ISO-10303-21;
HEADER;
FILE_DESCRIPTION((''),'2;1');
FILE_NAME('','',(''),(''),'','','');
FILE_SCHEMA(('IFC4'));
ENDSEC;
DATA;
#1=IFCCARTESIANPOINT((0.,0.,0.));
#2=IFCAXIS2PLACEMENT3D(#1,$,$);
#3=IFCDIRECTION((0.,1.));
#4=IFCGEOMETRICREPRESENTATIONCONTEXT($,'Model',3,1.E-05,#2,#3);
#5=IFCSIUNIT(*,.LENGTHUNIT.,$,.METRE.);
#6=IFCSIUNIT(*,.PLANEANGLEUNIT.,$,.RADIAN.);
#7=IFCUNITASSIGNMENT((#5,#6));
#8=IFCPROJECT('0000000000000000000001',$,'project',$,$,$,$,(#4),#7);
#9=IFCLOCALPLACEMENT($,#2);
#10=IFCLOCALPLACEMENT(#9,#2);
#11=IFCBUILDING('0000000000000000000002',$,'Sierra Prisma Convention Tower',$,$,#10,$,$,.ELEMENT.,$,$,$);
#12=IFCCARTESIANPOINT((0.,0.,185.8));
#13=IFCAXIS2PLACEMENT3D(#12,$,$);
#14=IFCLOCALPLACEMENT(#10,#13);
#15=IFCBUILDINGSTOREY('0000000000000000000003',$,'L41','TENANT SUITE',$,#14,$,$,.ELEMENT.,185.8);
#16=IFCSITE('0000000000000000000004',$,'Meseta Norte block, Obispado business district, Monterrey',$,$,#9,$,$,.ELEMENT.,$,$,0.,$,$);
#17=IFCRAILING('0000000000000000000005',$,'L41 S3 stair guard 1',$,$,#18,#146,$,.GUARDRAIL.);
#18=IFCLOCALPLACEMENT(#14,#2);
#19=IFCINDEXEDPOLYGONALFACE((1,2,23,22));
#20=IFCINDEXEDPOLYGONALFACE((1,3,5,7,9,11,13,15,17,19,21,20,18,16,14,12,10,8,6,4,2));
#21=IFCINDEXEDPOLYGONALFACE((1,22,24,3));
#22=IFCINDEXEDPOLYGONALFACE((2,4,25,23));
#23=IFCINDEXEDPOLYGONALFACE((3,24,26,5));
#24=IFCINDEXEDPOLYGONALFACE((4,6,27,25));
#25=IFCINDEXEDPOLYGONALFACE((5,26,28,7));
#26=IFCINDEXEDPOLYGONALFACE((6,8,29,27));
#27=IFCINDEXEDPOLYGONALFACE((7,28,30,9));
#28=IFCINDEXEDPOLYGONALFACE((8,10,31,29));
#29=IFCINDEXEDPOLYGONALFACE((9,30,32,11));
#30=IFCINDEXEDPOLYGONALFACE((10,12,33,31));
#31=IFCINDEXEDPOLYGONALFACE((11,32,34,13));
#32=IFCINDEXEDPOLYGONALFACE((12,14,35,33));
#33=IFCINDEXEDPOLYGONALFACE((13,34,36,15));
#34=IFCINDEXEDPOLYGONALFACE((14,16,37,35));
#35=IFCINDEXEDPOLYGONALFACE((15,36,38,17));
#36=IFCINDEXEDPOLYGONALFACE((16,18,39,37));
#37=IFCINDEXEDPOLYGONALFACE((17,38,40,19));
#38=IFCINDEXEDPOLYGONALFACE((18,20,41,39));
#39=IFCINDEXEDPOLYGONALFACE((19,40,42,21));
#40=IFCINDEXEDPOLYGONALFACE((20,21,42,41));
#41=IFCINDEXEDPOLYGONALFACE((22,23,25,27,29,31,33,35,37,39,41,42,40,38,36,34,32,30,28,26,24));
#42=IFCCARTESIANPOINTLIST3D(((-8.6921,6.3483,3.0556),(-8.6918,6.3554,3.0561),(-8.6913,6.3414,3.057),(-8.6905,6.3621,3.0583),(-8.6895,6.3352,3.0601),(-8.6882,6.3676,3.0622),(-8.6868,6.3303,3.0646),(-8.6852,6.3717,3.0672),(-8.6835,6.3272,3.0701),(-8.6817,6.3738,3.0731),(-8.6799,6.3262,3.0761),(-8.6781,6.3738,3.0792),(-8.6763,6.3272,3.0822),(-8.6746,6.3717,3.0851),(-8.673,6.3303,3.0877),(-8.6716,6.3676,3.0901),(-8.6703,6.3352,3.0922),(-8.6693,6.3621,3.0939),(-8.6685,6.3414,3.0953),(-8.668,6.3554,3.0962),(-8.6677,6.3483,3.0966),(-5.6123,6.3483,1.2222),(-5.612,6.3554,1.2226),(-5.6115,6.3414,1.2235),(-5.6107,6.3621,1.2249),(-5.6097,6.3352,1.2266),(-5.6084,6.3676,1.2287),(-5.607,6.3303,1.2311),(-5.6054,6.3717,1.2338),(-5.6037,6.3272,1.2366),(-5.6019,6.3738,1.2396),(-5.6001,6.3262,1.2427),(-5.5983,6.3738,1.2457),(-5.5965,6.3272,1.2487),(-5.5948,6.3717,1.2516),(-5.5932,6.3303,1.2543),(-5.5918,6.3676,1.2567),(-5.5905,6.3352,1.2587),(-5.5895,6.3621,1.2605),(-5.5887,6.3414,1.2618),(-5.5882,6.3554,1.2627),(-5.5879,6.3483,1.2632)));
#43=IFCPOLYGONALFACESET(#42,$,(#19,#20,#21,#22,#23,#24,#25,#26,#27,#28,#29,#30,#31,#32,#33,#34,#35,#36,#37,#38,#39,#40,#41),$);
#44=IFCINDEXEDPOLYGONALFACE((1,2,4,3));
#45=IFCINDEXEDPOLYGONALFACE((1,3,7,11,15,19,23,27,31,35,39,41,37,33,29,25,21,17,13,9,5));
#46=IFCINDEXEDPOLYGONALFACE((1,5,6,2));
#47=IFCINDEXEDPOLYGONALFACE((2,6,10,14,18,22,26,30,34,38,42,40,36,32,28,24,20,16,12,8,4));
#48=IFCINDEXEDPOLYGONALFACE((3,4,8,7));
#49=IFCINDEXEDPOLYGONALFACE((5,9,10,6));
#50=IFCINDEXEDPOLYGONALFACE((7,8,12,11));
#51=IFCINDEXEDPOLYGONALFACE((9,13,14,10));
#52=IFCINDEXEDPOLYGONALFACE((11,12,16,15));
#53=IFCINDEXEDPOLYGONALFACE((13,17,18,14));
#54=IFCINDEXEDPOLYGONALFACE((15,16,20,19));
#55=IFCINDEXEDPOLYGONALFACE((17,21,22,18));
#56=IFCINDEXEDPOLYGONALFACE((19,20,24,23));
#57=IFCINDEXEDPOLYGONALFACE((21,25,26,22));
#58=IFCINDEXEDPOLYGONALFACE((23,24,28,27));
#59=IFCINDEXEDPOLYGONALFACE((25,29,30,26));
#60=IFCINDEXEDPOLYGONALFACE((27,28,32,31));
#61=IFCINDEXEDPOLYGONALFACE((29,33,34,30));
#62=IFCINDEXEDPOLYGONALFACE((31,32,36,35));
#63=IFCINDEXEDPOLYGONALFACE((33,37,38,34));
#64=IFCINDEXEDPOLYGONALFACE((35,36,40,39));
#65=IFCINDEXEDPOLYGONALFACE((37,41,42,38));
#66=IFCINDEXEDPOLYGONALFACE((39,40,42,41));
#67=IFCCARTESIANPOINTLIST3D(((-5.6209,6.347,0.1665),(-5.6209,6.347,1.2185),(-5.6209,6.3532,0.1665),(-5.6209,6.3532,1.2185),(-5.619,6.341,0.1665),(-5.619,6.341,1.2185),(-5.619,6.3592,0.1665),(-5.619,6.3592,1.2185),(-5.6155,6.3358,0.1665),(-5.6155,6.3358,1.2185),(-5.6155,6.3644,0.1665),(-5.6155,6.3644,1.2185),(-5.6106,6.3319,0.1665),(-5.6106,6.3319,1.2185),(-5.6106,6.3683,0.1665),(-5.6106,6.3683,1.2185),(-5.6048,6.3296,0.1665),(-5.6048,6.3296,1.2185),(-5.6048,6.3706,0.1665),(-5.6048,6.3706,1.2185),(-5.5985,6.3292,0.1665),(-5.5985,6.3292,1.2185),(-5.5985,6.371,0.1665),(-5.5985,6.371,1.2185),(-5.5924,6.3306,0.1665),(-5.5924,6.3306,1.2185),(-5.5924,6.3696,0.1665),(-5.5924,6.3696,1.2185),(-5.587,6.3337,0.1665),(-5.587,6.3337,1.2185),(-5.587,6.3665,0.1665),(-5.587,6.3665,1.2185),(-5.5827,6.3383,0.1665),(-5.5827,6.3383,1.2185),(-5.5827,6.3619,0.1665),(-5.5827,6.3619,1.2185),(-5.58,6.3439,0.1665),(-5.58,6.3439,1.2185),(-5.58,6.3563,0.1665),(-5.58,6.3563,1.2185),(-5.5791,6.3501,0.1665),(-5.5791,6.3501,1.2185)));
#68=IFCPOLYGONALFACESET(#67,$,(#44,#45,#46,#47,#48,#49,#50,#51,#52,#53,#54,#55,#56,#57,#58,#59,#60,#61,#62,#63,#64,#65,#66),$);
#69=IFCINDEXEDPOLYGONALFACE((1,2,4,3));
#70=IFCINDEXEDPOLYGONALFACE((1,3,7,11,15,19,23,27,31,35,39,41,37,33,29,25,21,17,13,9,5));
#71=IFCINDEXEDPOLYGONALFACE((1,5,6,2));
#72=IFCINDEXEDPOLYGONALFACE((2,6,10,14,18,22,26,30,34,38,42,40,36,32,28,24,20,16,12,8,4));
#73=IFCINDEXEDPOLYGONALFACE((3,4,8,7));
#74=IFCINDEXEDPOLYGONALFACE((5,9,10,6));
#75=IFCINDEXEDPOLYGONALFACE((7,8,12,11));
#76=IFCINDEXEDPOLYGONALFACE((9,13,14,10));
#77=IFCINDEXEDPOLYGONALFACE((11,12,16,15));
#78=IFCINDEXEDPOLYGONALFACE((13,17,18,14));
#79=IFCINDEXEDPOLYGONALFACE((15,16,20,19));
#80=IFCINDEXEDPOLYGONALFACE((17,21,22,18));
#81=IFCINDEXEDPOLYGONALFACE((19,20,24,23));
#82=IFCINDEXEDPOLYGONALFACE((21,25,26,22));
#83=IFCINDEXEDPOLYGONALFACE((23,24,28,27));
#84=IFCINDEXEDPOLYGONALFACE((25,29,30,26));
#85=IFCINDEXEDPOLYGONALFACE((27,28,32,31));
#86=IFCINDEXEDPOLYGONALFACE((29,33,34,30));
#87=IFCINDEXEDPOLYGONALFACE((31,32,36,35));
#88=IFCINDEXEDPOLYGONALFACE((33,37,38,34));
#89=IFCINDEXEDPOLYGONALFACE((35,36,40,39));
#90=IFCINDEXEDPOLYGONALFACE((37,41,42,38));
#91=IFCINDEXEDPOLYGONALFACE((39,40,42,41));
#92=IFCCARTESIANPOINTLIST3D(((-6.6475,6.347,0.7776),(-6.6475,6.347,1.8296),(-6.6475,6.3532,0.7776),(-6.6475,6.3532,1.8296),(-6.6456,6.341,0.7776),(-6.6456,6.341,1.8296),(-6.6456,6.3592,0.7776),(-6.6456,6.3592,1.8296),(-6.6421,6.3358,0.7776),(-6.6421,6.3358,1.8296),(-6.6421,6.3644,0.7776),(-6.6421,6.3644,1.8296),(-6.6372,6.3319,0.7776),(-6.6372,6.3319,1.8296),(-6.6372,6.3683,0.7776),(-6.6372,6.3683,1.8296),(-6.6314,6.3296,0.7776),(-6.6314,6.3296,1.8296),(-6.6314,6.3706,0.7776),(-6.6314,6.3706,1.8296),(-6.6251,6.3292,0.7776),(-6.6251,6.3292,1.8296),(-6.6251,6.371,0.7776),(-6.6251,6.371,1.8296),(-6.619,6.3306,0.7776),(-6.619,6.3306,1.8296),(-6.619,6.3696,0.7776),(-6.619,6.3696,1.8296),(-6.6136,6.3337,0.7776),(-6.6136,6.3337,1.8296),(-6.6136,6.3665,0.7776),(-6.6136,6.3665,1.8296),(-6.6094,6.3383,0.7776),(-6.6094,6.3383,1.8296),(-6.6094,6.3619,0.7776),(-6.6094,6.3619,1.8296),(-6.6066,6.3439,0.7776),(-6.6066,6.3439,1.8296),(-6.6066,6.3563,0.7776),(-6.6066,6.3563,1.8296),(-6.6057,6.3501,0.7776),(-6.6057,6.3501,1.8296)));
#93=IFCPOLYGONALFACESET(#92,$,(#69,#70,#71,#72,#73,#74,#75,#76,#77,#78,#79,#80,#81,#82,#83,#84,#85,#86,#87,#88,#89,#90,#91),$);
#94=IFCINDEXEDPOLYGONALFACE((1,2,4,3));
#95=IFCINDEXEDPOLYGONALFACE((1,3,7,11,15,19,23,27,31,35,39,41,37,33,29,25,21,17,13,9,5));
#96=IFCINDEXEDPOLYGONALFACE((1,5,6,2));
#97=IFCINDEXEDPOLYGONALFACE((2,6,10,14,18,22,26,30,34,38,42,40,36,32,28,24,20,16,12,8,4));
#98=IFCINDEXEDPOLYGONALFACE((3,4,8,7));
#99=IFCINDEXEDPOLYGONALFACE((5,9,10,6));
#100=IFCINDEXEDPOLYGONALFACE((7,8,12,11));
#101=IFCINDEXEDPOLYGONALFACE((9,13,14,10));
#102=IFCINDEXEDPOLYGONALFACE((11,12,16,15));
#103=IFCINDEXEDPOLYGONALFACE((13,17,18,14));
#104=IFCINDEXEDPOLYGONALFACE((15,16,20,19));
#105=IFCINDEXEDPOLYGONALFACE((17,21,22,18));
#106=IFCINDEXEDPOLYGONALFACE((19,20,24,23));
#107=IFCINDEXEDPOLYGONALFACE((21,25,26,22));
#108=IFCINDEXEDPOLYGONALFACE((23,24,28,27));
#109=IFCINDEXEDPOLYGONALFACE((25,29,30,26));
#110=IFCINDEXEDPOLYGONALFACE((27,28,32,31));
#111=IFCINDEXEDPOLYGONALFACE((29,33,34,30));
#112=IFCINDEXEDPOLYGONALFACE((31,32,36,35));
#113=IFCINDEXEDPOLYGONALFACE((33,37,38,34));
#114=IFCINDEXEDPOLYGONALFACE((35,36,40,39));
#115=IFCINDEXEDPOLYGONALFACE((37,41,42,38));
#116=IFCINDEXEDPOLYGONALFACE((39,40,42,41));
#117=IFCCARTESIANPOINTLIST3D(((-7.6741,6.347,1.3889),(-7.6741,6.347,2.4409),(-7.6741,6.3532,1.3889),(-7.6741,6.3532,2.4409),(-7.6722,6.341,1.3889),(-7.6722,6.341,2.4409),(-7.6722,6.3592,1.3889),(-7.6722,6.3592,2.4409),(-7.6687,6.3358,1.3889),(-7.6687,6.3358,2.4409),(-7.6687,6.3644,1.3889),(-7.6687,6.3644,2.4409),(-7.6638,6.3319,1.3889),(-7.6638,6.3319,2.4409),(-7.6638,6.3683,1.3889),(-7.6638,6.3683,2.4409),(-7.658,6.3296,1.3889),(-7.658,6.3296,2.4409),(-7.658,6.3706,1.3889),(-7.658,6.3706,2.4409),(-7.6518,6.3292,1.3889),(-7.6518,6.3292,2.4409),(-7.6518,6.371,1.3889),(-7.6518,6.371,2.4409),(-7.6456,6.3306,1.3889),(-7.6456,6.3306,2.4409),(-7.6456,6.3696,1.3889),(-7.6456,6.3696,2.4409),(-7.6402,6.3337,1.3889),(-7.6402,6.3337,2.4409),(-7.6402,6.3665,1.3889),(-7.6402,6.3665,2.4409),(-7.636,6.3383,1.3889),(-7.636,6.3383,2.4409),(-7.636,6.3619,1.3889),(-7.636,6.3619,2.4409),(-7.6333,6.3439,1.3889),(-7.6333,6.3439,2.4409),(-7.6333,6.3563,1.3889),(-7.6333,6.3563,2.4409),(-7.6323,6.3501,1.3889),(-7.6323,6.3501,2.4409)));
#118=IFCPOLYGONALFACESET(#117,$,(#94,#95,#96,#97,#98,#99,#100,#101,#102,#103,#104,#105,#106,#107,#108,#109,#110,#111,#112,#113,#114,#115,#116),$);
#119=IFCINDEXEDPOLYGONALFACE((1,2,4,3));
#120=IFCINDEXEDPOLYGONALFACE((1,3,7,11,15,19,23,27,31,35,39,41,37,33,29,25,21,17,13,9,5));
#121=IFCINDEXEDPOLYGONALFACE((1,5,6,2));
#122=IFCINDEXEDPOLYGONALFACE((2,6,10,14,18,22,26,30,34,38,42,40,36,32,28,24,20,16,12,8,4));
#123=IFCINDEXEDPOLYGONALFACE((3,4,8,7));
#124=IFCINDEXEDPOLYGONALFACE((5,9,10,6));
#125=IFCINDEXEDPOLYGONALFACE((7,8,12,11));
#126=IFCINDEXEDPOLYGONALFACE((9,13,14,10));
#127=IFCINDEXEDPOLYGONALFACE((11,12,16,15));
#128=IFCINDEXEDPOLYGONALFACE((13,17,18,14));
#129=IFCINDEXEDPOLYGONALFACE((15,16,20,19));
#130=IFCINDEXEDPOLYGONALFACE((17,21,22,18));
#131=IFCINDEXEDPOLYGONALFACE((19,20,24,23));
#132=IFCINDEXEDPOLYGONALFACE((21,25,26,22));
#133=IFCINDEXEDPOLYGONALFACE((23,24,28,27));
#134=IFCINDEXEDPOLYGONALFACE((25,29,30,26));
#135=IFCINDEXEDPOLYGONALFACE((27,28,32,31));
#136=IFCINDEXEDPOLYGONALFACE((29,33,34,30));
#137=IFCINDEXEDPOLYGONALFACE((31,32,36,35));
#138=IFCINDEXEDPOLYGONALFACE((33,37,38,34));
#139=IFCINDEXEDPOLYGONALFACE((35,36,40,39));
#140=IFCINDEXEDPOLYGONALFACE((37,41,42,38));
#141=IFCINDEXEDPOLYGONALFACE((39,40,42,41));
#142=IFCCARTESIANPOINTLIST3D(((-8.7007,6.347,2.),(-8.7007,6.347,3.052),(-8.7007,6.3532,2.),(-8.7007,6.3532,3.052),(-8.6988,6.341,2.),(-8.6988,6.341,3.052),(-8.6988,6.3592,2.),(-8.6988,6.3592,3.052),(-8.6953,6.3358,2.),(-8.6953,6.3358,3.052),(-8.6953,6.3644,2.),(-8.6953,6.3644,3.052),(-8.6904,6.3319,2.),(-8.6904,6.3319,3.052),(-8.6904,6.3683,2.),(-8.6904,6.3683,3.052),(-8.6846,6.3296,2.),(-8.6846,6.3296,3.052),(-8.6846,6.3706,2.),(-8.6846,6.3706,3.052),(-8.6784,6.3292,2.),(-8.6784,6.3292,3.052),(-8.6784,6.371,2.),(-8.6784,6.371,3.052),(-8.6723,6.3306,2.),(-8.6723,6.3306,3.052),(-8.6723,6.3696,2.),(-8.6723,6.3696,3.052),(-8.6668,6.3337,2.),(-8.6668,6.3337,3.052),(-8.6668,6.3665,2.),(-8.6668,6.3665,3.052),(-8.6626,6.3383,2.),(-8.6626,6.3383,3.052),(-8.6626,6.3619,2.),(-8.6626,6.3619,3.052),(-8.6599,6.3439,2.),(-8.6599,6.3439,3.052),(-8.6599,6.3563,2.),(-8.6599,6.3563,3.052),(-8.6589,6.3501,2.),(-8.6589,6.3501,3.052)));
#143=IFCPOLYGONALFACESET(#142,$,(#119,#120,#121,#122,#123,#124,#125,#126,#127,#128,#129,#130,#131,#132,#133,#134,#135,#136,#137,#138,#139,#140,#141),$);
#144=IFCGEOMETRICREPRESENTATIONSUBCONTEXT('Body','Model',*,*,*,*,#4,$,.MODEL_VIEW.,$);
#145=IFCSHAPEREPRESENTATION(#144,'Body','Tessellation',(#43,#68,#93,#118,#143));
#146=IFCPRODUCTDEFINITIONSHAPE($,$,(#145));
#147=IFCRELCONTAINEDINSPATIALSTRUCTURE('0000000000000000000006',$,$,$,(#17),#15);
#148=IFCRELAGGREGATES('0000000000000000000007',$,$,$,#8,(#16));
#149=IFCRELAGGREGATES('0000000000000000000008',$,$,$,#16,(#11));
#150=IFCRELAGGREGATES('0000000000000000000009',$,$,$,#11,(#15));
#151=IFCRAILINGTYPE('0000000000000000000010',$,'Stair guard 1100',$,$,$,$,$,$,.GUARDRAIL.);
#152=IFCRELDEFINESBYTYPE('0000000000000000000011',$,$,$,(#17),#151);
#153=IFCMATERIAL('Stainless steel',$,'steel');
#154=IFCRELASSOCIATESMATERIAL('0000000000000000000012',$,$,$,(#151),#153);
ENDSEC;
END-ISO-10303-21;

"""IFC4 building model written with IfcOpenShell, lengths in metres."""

from ifc_helpers import new_model, si_unit, direction, frame, origin, origin_2d, place, context, subcontext, project, spatial, circle, extrude, material, type_object, element, save


model = new_model("IFC4")

# Units and contexts
model_context = context("Model", 3, precision=1e-05, world=origin(), true_north=direction((0.0, 1.0)))
body_context = subcontext(model_context, "Body", "Model", "MODEL_VIEW")
ifc_project = project(units=[si_unit("LENGTHUNIT", "METRE"), si_unit("PLANEANGLEUNIT", "RADIAN")], contexts=[model_context])

# Site, building, storey
site_placement = place(None, origin())
site = spatial("IfcSite", under=ifc_project, at=site_placement, Name="Meseta Norte block, Obispado business district, Monterrey", CompositionType="ELEMENT", RefElevation=0.0)
building_placement = place(site_placement, origin())
building = spatial("IfcBuilding", under=site, at=building_placement, Name="Sierra Prisma Convention Tower", CompositionType="ELEMENT")
storey_placement = place(building_placement, frame((0.0, 0.0, 185.8)))
storey = spatial("IfcBuildingStorey", under=building, at=storey_placement, Name="L41", Description="TENANT SUITE", CompositionType="ELEMENT", Elevation=185.8)

# Railing
ifc_material_1 = material(Name="Stainless steel", Category="steel")
railing_type_1 = type_object("IfcRailingType", Name="Stair guard 1100", PredefinedType="GUARDRAIL", material=ifc_material_1)
railing_1_placement = place(storey_placement, frame((-5.6001, 6.3501, 0.1665)))
element("IfcRailing", 1, at=railing_1_placement, inside=storey, type_object=railing_type_1, Name="L41 S3 stair guard 1", PredefinedType="GUARDRAIL", context=body_context, shape_type="SweptSolid", body=[
    extrude(circle(Radius=0.0239, at=origin_2d()), frame((0.0, 0.0, 1.0762), z_axis=(-0.859261, 0.0, 0.511538), x_axis=(0.0, -1.0, 0.0)), (0.0, 0.0, 1.0), 3.5842),
    extrude(circle(Radius=0.021, at=origin_2d()), origin(), (0.0, 0.0, 1.0), 1.052),
    extrude(circle(Radius=0.021, at=origin_2d()), frame((-1.0266, 0.0, 0.6111)), (0.0, 0.0, 1.0), 1.052),
    extrude(circle(Radius=0.021, at=origin_2d()), frame((-2.0532, 0.0, 1.2224)), (0.0, 0.0, 1.0), 1.052),
    extrude(circle(Radius=0.021, at=origin_2d()), frame((-3.0798, 0.0, 1.8335)), (0.0, 0.0, 1.0), 1.052),
])

save(model, "model.ifc")
